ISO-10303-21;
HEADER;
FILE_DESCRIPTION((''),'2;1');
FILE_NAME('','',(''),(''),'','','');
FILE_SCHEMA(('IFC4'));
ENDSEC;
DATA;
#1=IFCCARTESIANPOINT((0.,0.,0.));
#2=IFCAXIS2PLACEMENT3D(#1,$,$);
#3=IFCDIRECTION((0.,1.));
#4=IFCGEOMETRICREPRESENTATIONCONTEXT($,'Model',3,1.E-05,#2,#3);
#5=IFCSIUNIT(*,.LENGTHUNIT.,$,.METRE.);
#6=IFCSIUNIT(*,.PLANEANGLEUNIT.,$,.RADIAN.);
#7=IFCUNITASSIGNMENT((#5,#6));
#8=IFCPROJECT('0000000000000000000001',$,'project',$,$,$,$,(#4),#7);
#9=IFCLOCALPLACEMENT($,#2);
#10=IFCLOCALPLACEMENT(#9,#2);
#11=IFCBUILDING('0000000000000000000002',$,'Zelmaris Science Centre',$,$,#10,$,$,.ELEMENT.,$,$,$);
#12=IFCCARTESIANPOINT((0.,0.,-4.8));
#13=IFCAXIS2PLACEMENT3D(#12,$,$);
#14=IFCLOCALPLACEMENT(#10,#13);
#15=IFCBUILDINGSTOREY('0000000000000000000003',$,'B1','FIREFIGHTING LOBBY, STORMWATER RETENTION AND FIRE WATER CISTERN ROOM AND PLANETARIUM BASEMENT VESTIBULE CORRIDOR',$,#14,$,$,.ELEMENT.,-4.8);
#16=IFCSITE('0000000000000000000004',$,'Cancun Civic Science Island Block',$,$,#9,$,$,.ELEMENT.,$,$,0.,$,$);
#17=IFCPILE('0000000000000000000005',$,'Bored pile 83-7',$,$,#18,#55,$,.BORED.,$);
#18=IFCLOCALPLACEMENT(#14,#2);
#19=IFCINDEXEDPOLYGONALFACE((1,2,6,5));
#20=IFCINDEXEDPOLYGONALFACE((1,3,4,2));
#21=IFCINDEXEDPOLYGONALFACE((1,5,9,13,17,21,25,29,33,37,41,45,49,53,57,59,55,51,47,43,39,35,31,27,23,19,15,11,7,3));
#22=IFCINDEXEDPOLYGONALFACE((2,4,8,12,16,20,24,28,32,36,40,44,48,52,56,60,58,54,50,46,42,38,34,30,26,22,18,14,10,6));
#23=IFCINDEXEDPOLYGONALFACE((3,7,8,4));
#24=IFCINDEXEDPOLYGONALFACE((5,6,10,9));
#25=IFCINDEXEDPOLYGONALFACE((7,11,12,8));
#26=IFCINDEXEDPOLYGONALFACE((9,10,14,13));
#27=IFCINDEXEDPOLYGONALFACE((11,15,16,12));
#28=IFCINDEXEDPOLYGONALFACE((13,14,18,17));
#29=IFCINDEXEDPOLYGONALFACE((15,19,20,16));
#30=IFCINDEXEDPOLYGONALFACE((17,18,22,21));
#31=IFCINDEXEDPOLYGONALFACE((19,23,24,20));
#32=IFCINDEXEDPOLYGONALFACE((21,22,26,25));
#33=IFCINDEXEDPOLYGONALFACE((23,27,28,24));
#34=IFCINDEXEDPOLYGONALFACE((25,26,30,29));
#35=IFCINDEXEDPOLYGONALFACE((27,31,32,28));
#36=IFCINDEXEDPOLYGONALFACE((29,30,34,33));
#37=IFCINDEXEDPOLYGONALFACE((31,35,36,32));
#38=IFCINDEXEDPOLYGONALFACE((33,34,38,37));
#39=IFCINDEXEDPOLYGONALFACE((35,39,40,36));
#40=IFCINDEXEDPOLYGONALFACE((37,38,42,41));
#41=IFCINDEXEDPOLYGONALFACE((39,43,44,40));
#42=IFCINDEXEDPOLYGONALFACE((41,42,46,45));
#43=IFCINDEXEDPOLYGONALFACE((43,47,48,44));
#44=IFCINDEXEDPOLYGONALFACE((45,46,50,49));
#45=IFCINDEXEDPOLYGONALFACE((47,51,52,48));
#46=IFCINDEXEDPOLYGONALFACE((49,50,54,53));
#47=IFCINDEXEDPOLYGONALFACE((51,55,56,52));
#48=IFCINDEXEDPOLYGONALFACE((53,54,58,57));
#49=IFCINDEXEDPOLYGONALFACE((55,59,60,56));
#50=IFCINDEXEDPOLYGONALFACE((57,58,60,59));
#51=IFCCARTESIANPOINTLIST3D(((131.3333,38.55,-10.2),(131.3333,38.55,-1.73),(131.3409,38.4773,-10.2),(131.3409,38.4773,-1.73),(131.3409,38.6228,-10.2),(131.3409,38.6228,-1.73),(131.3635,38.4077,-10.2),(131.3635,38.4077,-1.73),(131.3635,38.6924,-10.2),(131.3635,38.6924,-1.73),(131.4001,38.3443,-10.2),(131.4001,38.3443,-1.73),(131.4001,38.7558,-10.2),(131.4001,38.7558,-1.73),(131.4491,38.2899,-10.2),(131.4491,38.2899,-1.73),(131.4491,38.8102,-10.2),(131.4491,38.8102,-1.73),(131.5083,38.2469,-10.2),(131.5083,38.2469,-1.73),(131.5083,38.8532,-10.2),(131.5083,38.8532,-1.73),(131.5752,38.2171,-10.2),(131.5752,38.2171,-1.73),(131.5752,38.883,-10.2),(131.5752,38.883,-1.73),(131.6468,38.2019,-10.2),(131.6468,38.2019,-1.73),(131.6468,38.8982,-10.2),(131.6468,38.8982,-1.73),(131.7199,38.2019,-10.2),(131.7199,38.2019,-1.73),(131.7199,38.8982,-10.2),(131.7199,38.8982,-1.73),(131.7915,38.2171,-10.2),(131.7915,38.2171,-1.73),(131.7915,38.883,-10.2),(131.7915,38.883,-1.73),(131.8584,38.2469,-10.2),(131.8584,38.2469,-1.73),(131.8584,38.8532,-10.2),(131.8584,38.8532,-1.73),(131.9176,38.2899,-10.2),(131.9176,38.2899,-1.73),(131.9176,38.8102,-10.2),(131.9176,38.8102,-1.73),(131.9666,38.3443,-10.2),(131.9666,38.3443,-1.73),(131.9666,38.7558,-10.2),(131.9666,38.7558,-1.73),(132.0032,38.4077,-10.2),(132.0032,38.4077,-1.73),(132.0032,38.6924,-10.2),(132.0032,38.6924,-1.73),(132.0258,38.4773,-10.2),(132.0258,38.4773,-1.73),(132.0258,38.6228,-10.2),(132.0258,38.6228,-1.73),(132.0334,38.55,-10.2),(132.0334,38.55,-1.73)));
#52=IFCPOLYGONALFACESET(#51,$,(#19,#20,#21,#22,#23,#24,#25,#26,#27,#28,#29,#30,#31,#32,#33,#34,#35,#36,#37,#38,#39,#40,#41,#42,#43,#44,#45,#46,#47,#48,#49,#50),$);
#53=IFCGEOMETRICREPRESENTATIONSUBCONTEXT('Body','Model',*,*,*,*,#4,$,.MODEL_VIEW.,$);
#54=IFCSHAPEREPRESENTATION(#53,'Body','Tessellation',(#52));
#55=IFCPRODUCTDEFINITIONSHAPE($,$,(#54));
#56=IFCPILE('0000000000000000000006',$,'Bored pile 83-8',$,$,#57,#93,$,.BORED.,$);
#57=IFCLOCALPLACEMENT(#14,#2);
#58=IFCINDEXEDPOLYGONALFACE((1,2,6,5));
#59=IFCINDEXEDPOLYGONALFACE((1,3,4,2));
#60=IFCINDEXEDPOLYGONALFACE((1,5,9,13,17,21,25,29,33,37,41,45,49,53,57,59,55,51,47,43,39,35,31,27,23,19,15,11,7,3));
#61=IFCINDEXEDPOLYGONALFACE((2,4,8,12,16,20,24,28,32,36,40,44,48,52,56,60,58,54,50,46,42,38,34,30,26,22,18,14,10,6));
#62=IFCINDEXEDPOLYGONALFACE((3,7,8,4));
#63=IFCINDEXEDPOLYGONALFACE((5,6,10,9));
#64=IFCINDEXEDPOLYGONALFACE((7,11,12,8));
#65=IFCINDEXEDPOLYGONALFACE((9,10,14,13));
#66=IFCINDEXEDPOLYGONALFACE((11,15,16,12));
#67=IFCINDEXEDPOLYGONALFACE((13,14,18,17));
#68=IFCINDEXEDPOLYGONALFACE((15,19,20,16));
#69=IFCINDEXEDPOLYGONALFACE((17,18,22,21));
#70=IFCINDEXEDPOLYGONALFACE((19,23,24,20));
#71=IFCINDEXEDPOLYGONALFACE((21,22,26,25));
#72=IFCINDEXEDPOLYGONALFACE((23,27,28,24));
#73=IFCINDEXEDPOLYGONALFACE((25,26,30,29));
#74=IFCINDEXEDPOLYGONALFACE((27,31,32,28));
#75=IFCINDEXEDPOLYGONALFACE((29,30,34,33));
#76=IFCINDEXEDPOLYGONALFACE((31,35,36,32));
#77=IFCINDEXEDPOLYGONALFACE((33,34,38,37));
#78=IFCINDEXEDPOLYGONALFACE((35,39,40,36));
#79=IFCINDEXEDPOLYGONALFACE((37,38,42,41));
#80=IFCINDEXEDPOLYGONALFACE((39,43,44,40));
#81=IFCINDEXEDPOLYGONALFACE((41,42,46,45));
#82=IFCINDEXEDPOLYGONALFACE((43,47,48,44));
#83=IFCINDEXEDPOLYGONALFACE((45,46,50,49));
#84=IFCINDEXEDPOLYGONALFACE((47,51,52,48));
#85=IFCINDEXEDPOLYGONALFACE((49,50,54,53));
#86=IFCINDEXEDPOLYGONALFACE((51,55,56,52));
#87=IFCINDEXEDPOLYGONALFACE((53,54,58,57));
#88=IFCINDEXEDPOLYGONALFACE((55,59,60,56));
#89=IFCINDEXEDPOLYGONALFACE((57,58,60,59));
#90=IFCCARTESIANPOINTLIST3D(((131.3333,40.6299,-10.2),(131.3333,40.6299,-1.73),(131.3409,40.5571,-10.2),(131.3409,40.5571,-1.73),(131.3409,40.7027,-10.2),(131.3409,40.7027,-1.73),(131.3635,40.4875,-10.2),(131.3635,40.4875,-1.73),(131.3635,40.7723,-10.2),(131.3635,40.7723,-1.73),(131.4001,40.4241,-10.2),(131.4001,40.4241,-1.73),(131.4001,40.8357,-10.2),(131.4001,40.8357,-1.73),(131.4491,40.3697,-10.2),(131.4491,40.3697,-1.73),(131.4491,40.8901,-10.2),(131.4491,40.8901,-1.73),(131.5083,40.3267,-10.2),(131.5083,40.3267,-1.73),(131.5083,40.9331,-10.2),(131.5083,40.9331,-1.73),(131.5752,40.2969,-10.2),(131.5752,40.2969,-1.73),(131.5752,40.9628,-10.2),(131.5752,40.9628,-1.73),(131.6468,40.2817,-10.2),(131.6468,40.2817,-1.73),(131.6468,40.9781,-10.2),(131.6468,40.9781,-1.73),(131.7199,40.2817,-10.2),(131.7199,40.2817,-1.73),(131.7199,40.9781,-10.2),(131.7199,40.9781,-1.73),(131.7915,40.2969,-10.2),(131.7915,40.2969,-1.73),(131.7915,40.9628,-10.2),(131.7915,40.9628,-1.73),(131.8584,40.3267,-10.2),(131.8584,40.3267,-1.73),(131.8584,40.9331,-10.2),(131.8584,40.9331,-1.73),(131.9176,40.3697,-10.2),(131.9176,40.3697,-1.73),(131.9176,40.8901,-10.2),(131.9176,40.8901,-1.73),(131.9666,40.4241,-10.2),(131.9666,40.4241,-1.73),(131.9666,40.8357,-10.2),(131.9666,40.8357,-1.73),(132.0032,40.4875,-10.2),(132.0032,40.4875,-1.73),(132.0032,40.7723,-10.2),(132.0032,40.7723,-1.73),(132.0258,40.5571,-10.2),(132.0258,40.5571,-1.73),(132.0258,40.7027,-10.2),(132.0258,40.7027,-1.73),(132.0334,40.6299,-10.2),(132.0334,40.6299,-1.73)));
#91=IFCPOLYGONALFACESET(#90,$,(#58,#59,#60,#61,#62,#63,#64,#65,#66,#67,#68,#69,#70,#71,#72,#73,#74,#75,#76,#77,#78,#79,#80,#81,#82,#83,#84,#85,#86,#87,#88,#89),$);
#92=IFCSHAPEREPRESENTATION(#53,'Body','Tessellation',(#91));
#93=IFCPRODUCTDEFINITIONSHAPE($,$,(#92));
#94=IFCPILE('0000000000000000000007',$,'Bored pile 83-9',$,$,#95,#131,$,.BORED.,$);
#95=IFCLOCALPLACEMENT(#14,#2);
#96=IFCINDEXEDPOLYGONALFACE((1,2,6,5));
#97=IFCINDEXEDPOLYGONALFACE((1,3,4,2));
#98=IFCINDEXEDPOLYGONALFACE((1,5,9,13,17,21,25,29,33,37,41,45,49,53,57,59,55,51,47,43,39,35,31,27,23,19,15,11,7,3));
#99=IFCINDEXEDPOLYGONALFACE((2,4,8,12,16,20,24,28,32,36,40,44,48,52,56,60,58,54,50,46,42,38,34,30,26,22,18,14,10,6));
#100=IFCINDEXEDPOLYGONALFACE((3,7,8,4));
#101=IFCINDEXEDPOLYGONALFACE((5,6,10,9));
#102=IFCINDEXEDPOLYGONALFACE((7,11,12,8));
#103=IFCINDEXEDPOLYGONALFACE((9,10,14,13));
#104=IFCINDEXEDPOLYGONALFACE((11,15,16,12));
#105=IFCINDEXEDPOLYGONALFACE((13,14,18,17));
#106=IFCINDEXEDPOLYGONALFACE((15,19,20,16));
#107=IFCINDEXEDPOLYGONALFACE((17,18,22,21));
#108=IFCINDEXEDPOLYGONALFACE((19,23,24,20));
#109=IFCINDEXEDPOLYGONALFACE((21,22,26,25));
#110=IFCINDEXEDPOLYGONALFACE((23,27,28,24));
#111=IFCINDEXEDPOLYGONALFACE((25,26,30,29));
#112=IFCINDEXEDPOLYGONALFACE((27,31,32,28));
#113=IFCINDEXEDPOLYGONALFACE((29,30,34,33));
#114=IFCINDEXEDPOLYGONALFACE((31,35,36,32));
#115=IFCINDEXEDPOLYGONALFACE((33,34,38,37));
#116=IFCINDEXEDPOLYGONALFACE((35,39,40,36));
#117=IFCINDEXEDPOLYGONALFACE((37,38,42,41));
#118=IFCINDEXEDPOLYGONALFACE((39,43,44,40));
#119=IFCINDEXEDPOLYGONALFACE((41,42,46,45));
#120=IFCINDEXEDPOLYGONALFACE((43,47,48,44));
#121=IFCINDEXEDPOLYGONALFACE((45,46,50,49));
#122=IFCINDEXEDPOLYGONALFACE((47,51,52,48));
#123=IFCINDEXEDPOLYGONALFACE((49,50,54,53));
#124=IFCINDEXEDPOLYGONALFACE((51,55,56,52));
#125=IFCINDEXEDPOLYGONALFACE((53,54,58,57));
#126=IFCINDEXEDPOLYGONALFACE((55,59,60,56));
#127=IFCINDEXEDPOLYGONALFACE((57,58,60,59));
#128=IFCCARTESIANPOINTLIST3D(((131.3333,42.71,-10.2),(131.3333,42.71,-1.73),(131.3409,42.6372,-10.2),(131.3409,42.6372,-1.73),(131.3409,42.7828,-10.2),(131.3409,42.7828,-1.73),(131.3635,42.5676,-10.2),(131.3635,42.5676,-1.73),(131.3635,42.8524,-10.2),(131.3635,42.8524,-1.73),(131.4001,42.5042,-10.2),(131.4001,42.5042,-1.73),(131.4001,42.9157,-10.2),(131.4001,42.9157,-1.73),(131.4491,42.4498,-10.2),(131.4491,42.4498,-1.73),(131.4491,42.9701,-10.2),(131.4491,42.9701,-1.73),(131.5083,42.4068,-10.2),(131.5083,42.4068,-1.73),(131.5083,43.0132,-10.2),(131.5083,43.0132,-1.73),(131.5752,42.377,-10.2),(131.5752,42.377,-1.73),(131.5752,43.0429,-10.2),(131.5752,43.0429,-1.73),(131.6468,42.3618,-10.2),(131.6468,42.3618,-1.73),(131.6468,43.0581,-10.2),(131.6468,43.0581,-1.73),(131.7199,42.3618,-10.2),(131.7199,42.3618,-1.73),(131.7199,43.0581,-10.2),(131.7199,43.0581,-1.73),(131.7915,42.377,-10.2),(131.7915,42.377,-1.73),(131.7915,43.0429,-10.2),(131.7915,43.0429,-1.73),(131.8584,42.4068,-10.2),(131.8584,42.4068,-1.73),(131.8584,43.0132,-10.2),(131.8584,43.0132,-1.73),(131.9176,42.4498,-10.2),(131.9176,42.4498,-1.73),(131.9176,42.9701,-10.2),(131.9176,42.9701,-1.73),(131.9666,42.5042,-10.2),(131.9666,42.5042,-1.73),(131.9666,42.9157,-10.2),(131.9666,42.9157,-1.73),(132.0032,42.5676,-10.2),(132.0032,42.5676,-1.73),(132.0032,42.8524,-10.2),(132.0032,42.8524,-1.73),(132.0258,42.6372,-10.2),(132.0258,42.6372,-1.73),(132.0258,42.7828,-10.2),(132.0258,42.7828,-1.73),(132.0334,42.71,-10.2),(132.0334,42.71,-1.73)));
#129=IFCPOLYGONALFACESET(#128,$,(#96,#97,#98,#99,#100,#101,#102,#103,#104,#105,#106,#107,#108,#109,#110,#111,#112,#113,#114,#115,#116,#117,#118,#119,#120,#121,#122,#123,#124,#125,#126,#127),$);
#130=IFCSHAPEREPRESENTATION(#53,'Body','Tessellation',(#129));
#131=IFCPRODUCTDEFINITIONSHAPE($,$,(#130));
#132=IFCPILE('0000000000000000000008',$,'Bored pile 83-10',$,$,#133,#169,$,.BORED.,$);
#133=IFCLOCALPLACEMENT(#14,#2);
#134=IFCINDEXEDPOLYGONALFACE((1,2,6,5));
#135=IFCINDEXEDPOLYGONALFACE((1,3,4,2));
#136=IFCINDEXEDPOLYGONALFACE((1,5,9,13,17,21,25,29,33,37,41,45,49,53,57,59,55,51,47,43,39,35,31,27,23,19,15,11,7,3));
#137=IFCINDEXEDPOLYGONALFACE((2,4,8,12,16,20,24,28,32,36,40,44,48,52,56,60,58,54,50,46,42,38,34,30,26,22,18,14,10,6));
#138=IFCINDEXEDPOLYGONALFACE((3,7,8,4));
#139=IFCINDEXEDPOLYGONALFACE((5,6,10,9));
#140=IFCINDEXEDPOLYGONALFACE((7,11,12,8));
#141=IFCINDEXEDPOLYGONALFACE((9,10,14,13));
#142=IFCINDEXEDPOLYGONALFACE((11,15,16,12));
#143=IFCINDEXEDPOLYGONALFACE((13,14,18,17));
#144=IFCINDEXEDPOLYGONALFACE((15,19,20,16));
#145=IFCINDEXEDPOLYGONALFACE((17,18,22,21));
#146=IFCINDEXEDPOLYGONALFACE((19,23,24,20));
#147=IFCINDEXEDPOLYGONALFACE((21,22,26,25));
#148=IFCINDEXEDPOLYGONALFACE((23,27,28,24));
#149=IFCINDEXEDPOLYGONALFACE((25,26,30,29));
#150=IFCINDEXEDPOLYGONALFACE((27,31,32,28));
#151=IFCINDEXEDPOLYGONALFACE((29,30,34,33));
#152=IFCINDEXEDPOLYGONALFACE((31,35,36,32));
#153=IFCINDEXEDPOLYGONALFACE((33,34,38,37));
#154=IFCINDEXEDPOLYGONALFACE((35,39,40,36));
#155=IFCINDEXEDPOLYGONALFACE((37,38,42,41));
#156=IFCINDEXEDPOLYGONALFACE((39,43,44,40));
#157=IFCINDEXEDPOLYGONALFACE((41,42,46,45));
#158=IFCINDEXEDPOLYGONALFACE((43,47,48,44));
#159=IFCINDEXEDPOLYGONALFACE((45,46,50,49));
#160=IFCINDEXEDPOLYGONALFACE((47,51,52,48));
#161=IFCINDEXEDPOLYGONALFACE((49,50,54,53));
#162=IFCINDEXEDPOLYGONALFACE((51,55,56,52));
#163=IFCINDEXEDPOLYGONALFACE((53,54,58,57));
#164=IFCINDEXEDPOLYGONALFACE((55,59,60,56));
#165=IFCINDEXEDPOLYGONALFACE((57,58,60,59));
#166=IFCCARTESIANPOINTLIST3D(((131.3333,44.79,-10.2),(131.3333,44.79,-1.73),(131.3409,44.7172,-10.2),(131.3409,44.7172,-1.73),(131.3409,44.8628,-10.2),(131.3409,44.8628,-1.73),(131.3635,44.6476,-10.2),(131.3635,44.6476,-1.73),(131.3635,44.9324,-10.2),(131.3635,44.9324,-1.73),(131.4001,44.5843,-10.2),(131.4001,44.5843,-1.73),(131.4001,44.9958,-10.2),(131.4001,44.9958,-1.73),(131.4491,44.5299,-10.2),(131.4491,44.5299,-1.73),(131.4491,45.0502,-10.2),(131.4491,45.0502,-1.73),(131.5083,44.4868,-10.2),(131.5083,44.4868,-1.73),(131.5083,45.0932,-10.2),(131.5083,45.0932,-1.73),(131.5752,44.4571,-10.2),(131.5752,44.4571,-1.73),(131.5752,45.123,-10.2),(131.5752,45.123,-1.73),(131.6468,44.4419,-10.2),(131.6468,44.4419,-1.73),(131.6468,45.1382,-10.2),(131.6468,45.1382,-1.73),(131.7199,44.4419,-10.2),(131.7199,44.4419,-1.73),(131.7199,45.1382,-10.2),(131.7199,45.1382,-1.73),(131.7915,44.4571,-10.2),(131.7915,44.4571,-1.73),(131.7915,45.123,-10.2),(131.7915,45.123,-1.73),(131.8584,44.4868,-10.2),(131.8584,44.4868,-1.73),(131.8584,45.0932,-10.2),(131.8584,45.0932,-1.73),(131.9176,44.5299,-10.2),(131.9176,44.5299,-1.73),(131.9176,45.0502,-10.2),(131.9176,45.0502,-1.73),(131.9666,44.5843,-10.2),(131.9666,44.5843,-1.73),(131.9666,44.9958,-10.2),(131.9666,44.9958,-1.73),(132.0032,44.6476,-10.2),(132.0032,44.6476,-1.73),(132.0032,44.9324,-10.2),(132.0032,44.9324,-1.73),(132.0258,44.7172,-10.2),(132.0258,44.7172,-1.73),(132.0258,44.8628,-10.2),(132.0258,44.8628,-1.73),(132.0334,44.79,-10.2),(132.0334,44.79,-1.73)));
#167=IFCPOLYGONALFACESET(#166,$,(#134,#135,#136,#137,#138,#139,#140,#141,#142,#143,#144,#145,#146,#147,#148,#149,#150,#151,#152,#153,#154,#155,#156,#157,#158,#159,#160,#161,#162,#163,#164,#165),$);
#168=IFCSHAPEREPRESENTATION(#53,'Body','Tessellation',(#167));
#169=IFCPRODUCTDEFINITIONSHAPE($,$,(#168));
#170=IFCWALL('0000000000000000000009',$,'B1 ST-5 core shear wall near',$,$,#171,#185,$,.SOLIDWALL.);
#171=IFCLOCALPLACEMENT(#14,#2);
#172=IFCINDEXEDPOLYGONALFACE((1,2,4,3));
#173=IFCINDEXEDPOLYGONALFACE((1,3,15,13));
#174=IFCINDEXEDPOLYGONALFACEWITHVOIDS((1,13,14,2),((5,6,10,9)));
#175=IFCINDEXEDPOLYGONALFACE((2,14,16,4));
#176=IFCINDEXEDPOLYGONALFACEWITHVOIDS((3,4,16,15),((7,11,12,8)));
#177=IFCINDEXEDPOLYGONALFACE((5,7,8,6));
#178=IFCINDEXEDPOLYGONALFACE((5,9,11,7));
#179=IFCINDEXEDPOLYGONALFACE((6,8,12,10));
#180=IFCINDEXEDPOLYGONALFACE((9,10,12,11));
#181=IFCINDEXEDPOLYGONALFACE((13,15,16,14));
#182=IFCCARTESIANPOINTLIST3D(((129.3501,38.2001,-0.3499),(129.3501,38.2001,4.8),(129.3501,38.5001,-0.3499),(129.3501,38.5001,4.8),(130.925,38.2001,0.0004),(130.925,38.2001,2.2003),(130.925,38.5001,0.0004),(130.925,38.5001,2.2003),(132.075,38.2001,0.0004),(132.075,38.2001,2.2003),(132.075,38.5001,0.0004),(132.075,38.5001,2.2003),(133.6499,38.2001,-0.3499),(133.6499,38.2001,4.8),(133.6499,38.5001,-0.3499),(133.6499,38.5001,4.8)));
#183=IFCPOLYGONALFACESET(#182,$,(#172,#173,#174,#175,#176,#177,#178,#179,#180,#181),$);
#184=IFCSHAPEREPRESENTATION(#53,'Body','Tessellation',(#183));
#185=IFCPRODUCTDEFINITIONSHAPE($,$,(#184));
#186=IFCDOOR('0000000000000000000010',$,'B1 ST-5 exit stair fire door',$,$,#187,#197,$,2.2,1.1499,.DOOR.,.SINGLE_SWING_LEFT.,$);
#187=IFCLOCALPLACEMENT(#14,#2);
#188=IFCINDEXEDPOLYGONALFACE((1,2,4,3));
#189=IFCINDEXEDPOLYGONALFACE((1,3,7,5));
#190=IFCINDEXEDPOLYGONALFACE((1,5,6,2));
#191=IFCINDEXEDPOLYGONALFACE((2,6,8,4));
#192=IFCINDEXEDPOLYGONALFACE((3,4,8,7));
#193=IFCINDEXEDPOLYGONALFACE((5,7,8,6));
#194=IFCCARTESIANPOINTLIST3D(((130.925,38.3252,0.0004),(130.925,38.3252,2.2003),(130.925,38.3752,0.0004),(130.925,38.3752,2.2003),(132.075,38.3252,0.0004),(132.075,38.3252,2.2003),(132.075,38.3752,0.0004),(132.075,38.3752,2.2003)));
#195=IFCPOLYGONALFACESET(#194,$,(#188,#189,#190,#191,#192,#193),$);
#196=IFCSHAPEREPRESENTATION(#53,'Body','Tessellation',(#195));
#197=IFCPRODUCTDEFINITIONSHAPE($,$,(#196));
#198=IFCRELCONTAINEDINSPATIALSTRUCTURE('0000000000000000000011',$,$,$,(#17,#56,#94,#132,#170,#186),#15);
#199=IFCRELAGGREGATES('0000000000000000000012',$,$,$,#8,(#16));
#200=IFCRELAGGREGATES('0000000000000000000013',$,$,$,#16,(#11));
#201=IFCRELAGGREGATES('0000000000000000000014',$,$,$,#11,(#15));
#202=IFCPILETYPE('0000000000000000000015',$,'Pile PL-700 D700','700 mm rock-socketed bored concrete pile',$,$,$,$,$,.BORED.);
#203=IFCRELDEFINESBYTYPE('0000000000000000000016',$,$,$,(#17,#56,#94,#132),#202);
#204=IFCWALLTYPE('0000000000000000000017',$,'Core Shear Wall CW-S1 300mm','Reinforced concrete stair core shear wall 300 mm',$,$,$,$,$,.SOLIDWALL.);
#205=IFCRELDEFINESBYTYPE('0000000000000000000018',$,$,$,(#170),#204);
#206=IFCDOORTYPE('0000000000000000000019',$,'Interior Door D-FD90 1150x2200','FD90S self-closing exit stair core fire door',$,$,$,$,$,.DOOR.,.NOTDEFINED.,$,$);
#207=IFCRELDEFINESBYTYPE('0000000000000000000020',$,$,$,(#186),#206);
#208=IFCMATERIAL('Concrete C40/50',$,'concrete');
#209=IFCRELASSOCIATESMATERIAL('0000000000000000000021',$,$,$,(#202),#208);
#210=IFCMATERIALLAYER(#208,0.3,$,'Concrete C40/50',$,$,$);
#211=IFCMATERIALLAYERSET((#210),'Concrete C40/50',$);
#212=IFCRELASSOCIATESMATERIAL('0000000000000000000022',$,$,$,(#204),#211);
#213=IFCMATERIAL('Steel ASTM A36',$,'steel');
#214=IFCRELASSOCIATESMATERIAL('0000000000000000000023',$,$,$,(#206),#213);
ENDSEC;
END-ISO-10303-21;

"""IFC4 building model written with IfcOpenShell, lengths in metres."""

from ifc_helpers import new_model, si_unit, direction, frame, frame_2d, origin, origin_2d, place, context, subcontext, project, spatial, rectangle, circle, extrude, material, layer, layer_set, material_profile, profile_set, type_object, element, fill, save


model = new_model("IFC4")

# Units and contexts
model_context = context("Model", 3, precision=1e-05, world=origin(), true_north=direction((0.0, 1.0)))
body_context = subcontext(model_context, "Body", "Model", "MODEL_VIEW")
ifc_project = project(units=[si_unit("LENGTHUNIT", "METRE"), si_unit("PLANEANGLEUNIT", "RADIAN")], contexts=[model_context])

# Site, building, storey
site_placement = place(None, origin())
site = spatial("IfcSite", under=ifc_project, at=site_placement, Name="Cancun Civic Science Island Block", CompositionType="ELEMENT", RefElevation=0.0)
building_placement = place(site_placement, origin())
building = spatial("IfcBuilding", under=site, at=building_placement, Name="Zelmaris Science Centre", CompositionType="ELEMENT")
storey_placement = place(building_placement, frame((0.0, 0.0, -4.8)))
storey = spatial("IfcBuildingStorey", under=building, at=storey_placement, Name="B1", Description="FIREFIGHTING LOBBY, STORMWATER RETENTION AND FIRE WATER CISTERN ROOM AND PLANETARIUM BASEMENT VESTIBULE CORRIDOR", CompositionType="ELEMENT", Elevation=-4.8)

# Piles
ifc_material_1 = material(Name="Concrete C40/50", Category="concrete")
ifc_material_profile_1 = material_profile(ifc_material_1, circle(Radius=0.3501, at=origin_2d()), Name="PILE-700")
ifc_profile_set_1 = profile_set([ifc_material_profile_1], Name="Concrete C40/50")
pile_type_1 = type_object("IfcPileType", Name="Pile PL-700 D700", Description="700 mm rock-socketed bored concrete pile", PredefinedType="BORED", material=ifc_profile_set_1)
for number, where, z_axis, x_axis, name in (
    (1, (131.6833, 38.55, -1.73), (0.0, 0.0, -1.0), (1.0, 0.0, 0.0), "Bored pile 83-7"),
    (2, (131.6833, 40.6299, -1.73), (0.0, 0.0, -1.0), (1.0, 0.0, 0.0), "Bored pile 83-8"),
    (3, (131.6833, 42.71, -1.73), (0.0, 0.0, -1.0), (1.0, 0.0, 0.0), "Bored pile 83-9"),
    (4, (131.6833, 44.79, -1.73), (0.0, 0.0, -1.0), (1.0, 0.0, 0.0), "Bored pile 83-10"),
):
    element("IfcPile", number, at=place(storey_placement, frame(where, z_axis=z_axis, x_axis=x_axis)), inside=storey, type_object=pile_type_1, Name=name, PredefinedType="BORED", context=body_context, shape_type="SweptSolid", body=[
        extrude(circle(Radius=0.3501, at=origin_2d()), origin(), (0.0, 0.0, 1.0), 8.47),
    ])

# Wall, opening, door
ifc_layer_1 = layer(ifc_material_1, 0.3, Name="Concrete C40/50")
ifc_layer_set_1 = layer_set([ifc_layer_1], Name="Concrete C40/50")
wall_type_1 = type_object("IfcWallType", Name="Core Shear Wall CW-S1 300mm", Description="Reinforced concrete stair core shear wall 300 mm", PredefinedType="SOLIDWALL", material=ifc_layer_set_1)
wall_1_placement = place(storey_placement, frame((133.6499, 38.3501, -0.3499), z_axis=(0.0, 0.0, 1.0), x_axis=(-1.0, 0.0, 0.0)))
wall_1 = element("IfcWall", 5, at=wall_1_placement, inside=storey, type_object=wall_type_1, Name="B1 ST-5 core shear wall near", PredefinedType="SOLIDWALL", context=body_context, shape_type="SweptSolid", body=[
    extrude(rectangle(XDim=4.2998, YDim=0.3, at=frame_2d((2.1499, 0.0))), origin(), (0.0, 0.0, 1.0), 5.1499),
])
opening_placement = place(wall_1_placement, frame((1.575, 0.0, 0.3501)))
opening = element("IfcOpeningElement", 6, at=opening_placement, cuts=wall_1, PredefinedType="OPENING", context=body_context, shape_type="SweptSolid", body=[
    extrude(rectangle(XDim=1.1499, YDim=2.2, at=frame_2d((0.575, 1.1001))), frame((0.0, 0.1599, 0.0), z_axis=(0.0, -1.0, 0.0), x_axis=(1.0, 0.0, 0.0)), (0.0, 0.0, 1.0), 0.3201),
])
ifc_material_2 = material(Name="Steel ASTM A36", Category="steel")
door_type = type_object("IfcDoorType", Name="Interior Door D-FD90 1150x2200", Description="FD90S self-closing exit stair core fire door", OperationType="NOTDEFINED", PredefinedType="DOOR", material=ifc_material_2)
door_placement = place(opening_placement, origin())
door = element("IfcDoor", 7, at=door_placement, inside=storey, type_object=door_type, Name="B1 ST-5 exit stair fire door", OperationType="SINGLE_SWING_LEFT", OverallHeight=2.2, OverallWidth=1.1499, PredefinedType="DOOR", context=body_context, shape_type="SweptSolid", body=[
    extrude(rectangle(XDim=1.1499, YDim=2.2, at=frame_2d((0.575, 1.1001))), frame((0.0, 0.0249, 0.0), z_axis=(0.0, -1.0, 0.0), x_axis=(1.0, 0.0, 0.0)), (0.0, 0.0, 1.0), 0.05),
])
fill(opening, door)

save(model, "model.ifc")
